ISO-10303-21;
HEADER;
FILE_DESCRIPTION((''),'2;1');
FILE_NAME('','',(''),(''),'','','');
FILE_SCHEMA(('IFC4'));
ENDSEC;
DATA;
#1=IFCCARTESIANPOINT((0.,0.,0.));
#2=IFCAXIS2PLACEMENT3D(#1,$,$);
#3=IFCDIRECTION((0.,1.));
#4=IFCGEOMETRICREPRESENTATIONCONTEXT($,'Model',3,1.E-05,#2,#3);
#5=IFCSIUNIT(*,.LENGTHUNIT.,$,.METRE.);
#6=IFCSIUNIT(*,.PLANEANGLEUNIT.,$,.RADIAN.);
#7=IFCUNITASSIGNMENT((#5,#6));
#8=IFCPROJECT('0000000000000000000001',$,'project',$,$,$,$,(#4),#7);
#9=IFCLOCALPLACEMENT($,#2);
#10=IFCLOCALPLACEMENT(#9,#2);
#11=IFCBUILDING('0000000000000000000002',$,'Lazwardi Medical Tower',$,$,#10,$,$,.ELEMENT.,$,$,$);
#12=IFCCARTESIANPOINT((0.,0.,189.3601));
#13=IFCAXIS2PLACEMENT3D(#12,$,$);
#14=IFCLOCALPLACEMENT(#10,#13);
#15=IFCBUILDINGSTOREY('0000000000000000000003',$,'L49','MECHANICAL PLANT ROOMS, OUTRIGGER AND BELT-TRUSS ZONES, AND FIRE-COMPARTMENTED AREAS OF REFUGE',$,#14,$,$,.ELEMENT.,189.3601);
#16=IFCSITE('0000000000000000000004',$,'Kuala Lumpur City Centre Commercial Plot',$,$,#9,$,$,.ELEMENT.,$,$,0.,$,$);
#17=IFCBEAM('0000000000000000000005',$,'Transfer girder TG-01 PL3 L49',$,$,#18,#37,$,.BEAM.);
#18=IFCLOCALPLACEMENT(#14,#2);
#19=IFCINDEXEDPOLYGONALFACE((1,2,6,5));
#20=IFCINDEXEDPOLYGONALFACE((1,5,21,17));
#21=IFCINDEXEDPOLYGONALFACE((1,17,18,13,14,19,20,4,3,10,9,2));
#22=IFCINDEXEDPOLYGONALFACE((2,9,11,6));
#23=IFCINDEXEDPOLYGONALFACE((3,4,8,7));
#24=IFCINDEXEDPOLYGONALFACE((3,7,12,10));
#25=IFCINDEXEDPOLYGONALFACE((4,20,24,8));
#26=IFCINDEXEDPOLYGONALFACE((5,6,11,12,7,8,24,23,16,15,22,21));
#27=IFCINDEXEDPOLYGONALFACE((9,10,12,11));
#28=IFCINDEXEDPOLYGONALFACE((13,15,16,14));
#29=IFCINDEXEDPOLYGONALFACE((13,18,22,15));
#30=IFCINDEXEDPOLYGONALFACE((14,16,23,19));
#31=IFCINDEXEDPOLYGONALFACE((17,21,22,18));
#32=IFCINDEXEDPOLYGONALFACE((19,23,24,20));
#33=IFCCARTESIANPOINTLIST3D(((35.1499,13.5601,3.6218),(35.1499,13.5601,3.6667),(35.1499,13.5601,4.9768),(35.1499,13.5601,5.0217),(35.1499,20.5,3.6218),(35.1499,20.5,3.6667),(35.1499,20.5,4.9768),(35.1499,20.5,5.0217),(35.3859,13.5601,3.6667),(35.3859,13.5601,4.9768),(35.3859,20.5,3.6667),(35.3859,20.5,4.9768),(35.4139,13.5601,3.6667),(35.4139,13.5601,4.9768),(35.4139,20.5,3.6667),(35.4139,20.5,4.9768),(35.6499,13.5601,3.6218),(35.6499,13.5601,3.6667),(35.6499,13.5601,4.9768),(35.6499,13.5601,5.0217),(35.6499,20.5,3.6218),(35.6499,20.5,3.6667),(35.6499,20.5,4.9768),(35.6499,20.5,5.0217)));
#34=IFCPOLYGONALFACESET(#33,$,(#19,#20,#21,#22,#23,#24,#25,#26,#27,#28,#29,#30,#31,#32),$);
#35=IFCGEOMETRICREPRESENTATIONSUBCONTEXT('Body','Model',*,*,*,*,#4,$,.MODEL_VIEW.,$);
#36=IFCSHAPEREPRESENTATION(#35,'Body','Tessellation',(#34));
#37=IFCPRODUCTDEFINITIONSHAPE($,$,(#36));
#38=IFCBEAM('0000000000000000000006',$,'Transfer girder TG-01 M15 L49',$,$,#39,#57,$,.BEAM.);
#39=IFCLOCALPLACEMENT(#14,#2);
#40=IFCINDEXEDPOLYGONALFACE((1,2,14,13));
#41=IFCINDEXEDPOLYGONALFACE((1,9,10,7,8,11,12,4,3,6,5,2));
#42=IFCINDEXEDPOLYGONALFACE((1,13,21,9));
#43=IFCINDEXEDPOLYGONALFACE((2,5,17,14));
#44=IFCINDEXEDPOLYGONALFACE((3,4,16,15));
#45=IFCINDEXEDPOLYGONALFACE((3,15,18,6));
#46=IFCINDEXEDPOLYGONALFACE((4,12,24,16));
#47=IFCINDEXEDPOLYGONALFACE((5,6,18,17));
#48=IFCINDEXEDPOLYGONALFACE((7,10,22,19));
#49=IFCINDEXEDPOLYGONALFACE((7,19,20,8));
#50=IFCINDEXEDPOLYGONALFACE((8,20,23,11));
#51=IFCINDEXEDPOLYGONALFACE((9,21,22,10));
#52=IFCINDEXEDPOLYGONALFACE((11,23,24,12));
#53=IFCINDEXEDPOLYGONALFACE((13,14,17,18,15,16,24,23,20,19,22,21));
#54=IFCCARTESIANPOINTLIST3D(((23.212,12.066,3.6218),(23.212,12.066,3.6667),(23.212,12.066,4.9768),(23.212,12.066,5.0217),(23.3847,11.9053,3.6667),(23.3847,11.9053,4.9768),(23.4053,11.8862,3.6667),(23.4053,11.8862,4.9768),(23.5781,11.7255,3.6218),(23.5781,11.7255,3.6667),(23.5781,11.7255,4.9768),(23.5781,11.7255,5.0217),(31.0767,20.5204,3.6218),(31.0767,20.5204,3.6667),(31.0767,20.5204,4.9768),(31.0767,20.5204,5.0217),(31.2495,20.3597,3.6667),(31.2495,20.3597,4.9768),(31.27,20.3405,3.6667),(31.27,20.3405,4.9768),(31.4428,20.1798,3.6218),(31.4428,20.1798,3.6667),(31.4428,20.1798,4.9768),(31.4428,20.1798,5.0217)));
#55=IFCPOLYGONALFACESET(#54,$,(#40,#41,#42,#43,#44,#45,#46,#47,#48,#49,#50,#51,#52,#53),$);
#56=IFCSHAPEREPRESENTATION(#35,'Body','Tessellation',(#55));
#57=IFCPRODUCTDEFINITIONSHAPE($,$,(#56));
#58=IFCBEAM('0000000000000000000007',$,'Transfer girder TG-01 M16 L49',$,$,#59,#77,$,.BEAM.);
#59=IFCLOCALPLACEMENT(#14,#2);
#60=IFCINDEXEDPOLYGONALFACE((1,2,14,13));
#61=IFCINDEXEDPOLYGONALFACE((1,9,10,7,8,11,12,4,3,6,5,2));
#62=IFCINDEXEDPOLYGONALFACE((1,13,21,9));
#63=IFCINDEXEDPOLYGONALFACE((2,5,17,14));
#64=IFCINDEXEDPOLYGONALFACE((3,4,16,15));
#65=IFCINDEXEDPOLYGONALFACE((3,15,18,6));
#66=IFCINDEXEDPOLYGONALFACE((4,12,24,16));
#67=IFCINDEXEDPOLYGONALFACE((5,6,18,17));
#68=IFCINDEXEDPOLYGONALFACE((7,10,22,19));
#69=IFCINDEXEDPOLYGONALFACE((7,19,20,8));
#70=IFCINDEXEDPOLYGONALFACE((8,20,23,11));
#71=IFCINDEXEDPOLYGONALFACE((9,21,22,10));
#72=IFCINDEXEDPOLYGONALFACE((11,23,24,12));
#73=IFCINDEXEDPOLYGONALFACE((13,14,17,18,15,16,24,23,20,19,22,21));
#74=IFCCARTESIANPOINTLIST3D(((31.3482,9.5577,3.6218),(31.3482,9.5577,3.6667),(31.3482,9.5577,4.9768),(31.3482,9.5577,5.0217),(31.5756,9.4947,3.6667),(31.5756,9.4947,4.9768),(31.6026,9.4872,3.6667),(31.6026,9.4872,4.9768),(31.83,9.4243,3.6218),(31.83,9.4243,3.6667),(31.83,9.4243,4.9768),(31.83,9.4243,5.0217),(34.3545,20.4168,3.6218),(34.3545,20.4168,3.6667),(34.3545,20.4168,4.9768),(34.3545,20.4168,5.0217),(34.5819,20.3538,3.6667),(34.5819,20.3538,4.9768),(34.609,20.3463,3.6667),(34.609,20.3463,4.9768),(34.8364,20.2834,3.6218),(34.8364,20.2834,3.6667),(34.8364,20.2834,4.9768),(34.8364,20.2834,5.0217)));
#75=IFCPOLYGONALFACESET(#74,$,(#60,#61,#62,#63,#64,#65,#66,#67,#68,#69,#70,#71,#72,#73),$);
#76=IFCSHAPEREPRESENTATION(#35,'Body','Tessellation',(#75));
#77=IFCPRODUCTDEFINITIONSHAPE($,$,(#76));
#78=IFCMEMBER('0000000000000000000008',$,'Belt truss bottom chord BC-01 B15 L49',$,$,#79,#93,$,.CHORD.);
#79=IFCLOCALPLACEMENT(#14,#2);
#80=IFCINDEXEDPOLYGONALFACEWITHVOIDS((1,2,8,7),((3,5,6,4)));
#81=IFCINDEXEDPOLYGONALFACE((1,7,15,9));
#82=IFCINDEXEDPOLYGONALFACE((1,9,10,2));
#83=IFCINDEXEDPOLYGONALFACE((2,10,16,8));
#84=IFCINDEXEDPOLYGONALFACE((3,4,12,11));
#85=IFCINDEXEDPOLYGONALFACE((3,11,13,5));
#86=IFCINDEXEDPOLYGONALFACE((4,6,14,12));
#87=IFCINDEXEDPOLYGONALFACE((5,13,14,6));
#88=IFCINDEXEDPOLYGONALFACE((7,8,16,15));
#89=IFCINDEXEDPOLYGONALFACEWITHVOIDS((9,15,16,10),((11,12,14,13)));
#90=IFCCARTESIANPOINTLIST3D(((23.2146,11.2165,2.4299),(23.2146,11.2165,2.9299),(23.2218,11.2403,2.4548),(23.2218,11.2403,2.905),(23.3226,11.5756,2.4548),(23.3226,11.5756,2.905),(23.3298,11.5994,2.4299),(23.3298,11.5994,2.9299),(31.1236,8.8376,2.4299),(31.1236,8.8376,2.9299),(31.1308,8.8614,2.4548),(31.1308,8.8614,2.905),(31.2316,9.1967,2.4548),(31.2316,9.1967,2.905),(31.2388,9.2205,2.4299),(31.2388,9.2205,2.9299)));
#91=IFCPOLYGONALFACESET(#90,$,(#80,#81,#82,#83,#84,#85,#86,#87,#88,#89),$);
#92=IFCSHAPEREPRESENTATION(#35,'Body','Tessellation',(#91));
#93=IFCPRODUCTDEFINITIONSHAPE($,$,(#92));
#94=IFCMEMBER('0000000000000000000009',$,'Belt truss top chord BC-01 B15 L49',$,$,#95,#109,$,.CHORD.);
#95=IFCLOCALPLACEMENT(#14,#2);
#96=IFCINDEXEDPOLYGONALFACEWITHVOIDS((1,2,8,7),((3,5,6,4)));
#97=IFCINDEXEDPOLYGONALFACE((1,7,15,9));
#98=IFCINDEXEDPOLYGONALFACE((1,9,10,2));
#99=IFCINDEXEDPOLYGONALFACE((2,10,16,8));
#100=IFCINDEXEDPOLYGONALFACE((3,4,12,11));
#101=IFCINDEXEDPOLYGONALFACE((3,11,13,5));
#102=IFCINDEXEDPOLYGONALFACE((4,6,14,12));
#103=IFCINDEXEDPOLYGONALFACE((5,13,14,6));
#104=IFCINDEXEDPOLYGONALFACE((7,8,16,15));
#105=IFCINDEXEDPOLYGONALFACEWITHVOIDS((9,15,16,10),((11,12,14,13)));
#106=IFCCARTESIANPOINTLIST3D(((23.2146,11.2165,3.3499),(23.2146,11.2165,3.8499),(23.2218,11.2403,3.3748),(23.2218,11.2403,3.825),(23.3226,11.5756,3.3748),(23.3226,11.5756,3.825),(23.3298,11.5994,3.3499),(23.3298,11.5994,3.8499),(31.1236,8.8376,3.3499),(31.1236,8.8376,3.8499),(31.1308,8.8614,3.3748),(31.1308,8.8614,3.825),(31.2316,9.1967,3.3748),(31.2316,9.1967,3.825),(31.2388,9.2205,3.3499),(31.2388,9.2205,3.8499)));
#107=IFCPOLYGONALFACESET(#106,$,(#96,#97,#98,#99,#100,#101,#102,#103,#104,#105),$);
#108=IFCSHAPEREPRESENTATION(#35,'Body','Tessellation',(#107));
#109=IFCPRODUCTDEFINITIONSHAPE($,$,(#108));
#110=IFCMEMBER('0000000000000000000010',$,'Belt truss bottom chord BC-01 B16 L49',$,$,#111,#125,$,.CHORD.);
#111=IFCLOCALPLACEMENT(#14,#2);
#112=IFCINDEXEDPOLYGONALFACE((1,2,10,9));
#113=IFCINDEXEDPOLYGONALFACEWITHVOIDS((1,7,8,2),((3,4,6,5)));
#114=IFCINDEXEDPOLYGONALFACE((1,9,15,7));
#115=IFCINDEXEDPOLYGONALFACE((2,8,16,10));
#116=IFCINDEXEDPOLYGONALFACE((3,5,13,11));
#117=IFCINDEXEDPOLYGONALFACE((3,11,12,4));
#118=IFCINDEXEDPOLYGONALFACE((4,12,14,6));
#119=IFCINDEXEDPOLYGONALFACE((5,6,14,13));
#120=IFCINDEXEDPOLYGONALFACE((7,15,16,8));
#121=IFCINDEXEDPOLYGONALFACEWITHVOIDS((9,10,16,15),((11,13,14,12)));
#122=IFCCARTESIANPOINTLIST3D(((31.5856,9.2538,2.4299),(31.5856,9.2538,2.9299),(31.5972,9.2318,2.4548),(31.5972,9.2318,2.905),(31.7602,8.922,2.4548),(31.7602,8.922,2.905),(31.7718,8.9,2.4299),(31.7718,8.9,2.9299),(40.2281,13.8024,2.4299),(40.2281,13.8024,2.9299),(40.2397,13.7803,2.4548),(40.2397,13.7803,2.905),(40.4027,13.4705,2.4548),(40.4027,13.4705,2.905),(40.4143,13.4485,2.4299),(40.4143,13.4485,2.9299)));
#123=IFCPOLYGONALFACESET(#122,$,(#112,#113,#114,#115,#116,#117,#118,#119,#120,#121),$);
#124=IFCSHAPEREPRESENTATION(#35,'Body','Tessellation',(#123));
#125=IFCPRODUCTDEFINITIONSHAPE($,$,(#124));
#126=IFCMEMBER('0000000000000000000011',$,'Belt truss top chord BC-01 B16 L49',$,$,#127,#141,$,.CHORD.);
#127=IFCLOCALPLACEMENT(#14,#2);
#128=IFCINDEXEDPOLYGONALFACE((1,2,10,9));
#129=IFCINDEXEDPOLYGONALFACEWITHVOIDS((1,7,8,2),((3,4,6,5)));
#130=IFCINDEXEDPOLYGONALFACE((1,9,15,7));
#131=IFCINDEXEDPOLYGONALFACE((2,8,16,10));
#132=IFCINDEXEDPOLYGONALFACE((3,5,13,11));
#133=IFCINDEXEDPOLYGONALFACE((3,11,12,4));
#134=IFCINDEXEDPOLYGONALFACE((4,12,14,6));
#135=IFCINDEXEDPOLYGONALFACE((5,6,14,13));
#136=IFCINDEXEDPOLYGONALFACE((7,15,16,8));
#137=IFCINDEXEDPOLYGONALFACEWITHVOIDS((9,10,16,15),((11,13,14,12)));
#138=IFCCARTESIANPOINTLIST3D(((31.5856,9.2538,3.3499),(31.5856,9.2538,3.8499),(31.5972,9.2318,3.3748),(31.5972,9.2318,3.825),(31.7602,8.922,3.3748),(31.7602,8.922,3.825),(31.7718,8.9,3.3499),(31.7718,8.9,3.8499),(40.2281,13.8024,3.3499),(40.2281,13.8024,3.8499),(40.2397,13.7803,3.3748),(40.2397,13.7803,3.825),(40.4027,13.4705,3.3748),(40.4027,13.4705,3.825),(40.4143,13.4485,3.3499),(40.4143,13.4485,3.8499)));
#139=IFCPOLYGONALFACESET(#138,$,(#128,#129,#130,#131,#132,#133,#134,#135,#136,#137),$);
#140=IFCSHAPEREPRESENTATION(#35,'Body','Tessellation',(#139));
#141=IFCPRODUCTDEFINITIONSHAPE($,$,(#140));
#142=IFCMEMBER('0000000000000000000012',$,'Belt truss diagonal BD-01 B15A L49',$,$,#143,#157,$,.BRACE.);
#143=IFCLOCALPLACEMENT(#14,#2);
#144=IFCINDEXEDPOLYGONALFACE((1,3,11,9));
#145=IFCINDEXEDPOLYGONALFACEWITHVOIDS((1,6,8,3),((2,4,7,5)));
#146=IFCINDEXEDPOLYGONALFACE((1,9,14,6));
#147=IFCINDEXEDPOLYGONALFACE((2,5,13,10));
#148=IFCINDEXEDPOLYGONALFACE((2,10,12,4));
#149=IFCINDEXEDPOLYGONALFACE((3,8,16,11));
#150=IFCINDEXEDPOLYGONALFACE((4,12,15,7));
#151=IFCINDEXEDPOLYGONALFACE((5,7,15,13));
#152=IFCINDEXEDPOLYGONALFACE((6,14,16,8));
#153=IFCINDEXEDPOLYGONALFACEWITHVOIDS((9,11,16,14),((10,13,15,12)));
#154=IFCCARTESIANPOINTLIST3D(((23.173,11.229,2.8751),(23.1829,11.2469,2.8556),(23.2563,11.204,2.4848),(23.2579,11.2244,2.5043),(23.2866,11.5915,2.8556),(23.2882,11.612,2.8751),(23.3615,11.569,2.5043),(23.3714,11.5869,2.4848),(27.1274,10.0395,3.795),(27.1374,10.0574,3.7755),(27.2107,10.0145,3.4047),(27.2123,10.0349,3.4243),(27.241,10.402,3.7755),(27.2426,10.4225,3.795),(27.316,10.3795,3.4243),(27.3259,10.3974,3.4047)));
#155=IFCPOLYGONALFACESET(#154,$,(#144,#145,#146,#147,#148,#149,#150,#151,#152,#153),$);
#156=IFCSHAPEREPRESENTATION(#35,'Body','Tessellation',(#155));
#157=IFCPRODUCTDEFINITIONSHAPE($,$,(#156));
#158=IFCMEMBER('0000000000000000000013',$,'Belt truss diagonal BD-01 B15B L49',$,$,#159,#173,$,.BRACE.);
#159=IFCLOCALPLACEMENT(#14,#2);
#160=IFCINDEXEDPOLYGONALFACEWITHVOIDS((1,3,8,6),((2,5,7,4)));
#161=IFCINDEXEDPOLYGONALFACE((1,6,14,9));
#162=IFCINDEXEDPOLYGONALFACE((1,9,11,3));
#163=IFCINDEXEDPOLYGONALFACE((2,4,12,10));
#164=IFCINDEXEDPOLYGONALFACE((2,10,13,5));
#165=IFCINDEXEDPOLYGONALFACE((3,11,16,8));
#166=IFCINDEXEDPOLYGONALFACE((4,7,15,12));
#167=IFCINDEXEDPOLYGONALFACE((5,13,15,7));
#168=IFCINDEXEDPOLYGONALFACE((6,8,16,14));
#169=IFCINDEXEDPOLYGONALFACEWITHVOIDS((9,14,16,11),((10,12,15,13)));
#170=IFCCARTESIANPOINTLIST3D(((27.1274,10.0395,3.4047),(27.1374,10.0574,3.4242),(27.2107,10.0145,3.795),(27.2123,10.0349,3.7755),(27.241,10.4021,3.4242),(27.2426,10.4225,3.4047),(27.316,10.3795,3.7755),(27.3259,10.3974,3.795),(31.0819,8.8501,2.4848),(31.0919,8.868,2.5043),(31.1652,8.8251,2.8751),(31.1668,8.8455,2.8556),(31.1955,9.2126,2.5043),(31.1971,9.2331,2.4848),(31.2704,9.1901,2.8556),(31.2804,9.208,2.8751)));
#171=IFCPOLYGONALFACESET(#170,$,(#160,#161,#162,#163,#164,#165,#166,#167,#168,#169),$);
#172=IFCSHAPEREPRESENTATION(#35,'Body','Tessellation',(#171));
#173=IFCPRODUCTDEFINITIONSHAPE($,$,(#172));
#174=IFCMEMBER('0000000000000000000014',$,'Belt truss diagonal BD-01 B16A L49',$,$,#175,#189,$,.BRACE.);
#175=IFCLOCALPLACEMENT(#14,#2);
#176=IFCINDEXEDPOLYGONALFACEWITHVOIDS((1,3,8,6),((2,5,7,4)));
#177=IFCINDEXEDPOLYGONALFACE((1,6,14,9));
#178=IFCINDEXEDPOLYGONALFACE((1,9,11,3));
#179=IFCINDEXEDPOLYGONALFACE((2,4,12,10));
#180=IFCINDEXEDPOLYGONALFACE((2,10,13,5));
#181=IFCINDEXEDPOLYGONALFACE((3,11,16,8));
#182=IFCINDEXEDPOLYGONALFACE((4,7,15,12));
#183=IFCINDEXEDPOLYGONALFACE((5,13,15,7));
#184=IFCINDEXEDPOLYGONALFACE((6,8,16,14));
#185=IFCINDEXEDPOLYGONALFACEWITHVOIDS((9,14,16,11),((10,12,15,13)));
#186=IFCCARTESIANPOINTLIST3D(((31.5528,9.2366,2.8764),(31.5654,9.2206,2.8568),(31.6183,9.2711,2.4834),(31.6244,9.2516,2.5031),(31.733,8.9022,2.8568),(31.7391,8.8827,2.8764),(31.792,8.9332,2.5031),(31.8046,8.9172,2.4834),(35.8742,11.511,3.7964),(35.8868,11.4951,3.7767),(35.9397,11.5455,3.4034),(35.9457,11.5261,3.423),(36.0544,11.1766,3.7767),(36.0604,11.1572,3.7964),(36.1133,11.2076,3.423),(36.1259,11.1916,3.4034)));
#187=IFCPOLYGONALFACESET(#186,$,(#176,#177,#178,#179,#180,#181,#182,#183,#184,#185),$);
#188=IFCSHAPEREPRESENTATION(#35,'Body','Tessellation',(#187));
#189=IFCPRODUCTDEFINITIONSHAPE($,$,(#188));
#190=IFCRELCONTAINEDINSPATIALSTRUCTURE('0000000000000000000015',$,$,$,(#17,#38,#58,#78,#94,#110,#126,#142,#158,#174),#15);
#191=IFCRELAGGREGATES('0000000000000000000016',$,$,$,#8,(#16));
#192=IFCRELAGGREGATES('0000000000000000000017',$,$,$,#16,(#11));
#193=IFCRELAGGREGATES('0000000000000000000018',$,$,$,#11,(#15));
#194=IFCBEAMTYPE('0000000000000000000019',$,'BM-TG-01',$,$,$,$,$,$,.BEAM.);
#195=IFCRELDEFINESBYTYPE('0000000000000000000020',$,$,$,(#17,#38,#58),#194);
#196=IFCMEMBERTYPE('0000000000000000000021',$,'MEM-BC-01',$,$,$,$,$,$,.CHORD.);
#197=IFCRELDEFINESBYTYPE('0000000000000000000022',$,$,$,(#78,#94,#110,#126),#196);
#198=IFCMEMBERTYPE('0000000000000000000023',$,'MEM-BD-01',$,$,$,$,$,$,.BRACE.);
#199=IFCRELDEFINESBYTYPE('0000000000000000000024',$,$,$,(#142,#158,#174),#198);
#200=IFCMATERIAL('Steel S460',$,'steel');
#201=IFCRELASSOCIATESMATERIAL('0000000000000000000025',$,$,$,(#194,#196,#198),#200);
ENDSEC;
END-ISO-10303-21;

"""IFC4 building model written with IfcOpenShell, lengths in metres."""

from ifc_helpers import new_model, si_unit, direction, frame, origin, origin_2d, place, context, subcontext, project, spatial, hollow_rectangle, i_section, extrude, material, material_profile, profile_set, type_object, element, save


model = new_model("IFC4")

# Units and contexts
model_context = context("Model", 3, precision=1e-05, world=origin(), true_north=direction((0.0, 1.0)))
body_context = subcontext(model_context, "Body", "Model", "MODEL_VIEW")
ifc_project = project(units=[si_unit("LENGTHUNIT", "METRE"), si_unit("PLANEANGLEUNIT", "RADIAN")], contexts=[model_context])

# Site, building, storey
site_placement = place(None, origin())
site = spatial("IfcSite", under=ifc_project, at=site_placement, Name="Kuala Lumpur City Centre Commercial Plot", CompositionType="ELEMENT", RefElevation=0.0)
building_placement = place(site_placement, origin())
building = spatial("IfcBuilding", under=site, at=building_placement, Name="Lazwardi Medical Tower", CompositionType="ELEMENT")
storey_placement = place(building_placement, frame((0.0, 0.0, 189.3601)))
storey = spatial("IfcBuildingStorey", under=building, at=storey_placement, Name="L49", Description="MECHANICAL PLANT ROOMS, OUTRIGGER AND BELT-TRUSS ZONES, AND FIRE-COMPARTMENTED AREAS OF REFUGE", CompositionType="ELEMENT", Elevation=189.3601)

# Beams
ifc_material_1 = material(Name="Steel S460", Category="steel")
ifc_material_profile_1 = material_profile(ifc_material_1, i_section(OverallWidth=0.5, OverallDepth=1.3999, WebThickness=0.0281, FlangeThickness=0.0449, at=origin_2d()), Name="PG 1400x500")
ifc_profile_set_1 = profile_set([ifc_material_profile_1], Name="Steel S460")
beam_type_1 = type_object("IfcBeamType", Name="BM-TG-01", PredefinedType="BEAM", material=ifc_profile_set_1)
beam_1_placement = place(storey_placement, frame((35.3999, 13.5601, 4.3218), z_axis=(0.0, 1.0, 0.0), x_axis=(-1.0, 0.0, 0.0)))
element("IfcBeam", 1, at=beam_1_placement, inside=storey, type_object=beam_type_1, Name="Transfer girder TG-01 PL3 L49", PredefinedType="BEAM", context=body_context, shape_type="SweptSolid", body=[
    extrude(i_section(OverallWidth=0.5, OverallDepth=1.3999, WebThickness=0.0281, FlangeThickness=0.0449, at=origin_2d()), origin(), (0.0, 0.0, 1.0), 6.9399),
])
beam_2_placement = place(storey_placement, frame((23.395, 11.8958, 4.3218), z_axis=(0.681115, 0.732176, 0.0), x_axis=(-0.732176, 0.681115, 0.0)))
element("IfcBeam", 2, at=beam_2_placement, inside=storey, type_object=beam_type_1, Name="Transfer girder TG-01 M15 L49", PredefinedType="BEAM", context=body_context, shape_type="SweptSolid", body=[
    extrude(i_section(OverallWidth=0.5, OverallDepth=1.3999, WebThickness=0.0281, FlangeThickness=0.0449, at=origin_2d()), origin(), (0.0, 0.0, 1.0), 11.5469),
])
beam_3_placement = place(storey_placement, frame((31.5891, 9.491, 4.3218), z_axis=(0.266813, 0.963748, 0.0), x_axis=(-0.963748, 0.266813, 0.0)))
element("IfcBeam", 3, at=beam_3_placement, inside=storey, type_object=beam_type_1, Name="Transfer girder TG-01 M16 L49", PredefinedType="BEAM", context=body_context, shape_type="SweptSolid", body=[
    extrude(i_section(OverallWidth=0.5, OverallDepth=1.3999, WebThickness=0.0281, FlangeThickness=0.0449, at=origin_2d()), origin(), (0.0, 0.0, 1.0), 11.2676),
])

# Members
ifc_material_profile_2 = material_profile(ifc_material_1, hollow_rectangle(XDim=0.3999, YDim=0.5, WallThickness=0.0249, at=origin_2d()), Name="RHS 500x400x25")
ifc_profile_set_2 = profile_set([ifc_material_profile_2], Name="Steel S460")
member_type_1 = type_object("IfcMemberType", Name="MEM-BC-01", PredefinedType="CHORD", material=ifc_profile_set_2)
for number, where, z_axis, x_axis, name in (
    (4, (23.2722, 11.408, 2.6799), (0.957619, -0.288039, 0.0), (0.288039, 0.957619, 0.0), "Belt truss bottom chord BC-01 B15 L49"),
    (5, (23.2722, 11.408, 3.5999), (0.957619, -0.288039, 0.0), (0.288039, 0.957619, 0.0), "Belt truss top chord BC-01 B15 L49"),
):
    element("IfcMember", number, at=place(storey_placement, frame(where, z_axis=z_axis, x_axis=x_axis)), inside=storey, type_object=member_type_1, Name=name, PredefinedType="CHORD", context=body_context, shape_type="SweptSolid", body=[
        extrude(hollow_rectangle(XDim=0.3999, YDim=0.5, WallThickness=0.0249, at=origin_2d()), origin(), (0.0, 0.0, 1.0), 8.259),
    ])
for number, where, z_axis, x_axis, name in (
    (6, (31.6787, 9.0769, 2.6799), (0.884924, 0.465735, 0.0), (-0.465735, 0.884924, 0.0), "Belt truss bottom chord BC-01 B16 L49"),
    (7, (31.6787, 9.0769, 3.5999), (0.884924, 0.465735, 0.0), (-0.465735, 0.884924, 0.0), "Belt truss top chord BC-01 B16 L49"),
):
    element("IfcMember", number, at=place(storey_placement, frame(where, z_axis=z_axis, x_axis=x_axis)), inside=storey, type_object=member_type_1, Name=name, PredefinedType="CHORD", context=body_context, shape_type="SweptSolid", body=[
        extrude(hollow_rectangle(XDim=0.3999, YDim=0.5, WallThickness=0.0249, at=origin_2d()), origin(), (0.0, 0.0, 1.0), 9.7664),
    ])
ifc_material_profile_3 = material_profile(ifc_material_1, hollow_rectangle(XDim=0.3999, YDim=0.3999, WallThickness=0.02, at=origin_2d()), Name="RHS 400x400x20")
ifc_profile_set_3 = profile_set([ifc_material_profile_3], Name="Steel S460")
member_type_2 = type_object("IfcMemberType", Name="MEM-BD-01", PredefinedType="BRACE", material=ifc_profile_set_3)
for number, where, z_axis, x_axis, name in (
    (8, (23.2722, 11.408, 2.6799), (0.934703, -0.281155, 0.217445), (0.288048, 0.957616, 0.0), "Belt truss diagonal BD-01 B15A L49"),
    (9, (31.1812, 9.0291, 2.6799), (-0.93471, 0.28114, 0.217433), (-0.288031, -0.957621, 0.0), "Belt truss diagonal BD-01 B15B L49"),
):
    element("IfcMember", number, at=place(storey_placement, frame(where, z_axis=z_axis, x_axis=x_axis)), inside=storey, type_object=member_type_2, Name=name, PredefinedType="BRACE", context=body_context, shape_type="SweptSolid", body=[
        extrude(hollow_rectangle(XDim=0.3999, YDim=0.3999, WallThickness=0.02, at=origin_2d()), origin(), (0.0, 0.0, 1.0), 4.2307),
    ])
member_1_placement = place(storey_placement, frame((31.6787, 9.0769, 2.6799), z_axis=(0.869618, 0.457704, 0.185125), x_axis=(-0.465755, 0.884914, 0.0)))
element("IfcMember", 10, at=member_1_placement, inside=storey, type_object=member_type_2, Name="Belt truss diagonal BD-01 B16A L49", PredefinedType="BRACE", context=body_context, shape_type="SweptSolid", body=[
    extrude(hollow_rectangle(XDim=0.3999, YDim=0.3999, WallThickness=0.02, at=origin_2d()), origin(), (0.0, 0.0, 1.0), 4.9692),
])

save(model, "model.ifc")
